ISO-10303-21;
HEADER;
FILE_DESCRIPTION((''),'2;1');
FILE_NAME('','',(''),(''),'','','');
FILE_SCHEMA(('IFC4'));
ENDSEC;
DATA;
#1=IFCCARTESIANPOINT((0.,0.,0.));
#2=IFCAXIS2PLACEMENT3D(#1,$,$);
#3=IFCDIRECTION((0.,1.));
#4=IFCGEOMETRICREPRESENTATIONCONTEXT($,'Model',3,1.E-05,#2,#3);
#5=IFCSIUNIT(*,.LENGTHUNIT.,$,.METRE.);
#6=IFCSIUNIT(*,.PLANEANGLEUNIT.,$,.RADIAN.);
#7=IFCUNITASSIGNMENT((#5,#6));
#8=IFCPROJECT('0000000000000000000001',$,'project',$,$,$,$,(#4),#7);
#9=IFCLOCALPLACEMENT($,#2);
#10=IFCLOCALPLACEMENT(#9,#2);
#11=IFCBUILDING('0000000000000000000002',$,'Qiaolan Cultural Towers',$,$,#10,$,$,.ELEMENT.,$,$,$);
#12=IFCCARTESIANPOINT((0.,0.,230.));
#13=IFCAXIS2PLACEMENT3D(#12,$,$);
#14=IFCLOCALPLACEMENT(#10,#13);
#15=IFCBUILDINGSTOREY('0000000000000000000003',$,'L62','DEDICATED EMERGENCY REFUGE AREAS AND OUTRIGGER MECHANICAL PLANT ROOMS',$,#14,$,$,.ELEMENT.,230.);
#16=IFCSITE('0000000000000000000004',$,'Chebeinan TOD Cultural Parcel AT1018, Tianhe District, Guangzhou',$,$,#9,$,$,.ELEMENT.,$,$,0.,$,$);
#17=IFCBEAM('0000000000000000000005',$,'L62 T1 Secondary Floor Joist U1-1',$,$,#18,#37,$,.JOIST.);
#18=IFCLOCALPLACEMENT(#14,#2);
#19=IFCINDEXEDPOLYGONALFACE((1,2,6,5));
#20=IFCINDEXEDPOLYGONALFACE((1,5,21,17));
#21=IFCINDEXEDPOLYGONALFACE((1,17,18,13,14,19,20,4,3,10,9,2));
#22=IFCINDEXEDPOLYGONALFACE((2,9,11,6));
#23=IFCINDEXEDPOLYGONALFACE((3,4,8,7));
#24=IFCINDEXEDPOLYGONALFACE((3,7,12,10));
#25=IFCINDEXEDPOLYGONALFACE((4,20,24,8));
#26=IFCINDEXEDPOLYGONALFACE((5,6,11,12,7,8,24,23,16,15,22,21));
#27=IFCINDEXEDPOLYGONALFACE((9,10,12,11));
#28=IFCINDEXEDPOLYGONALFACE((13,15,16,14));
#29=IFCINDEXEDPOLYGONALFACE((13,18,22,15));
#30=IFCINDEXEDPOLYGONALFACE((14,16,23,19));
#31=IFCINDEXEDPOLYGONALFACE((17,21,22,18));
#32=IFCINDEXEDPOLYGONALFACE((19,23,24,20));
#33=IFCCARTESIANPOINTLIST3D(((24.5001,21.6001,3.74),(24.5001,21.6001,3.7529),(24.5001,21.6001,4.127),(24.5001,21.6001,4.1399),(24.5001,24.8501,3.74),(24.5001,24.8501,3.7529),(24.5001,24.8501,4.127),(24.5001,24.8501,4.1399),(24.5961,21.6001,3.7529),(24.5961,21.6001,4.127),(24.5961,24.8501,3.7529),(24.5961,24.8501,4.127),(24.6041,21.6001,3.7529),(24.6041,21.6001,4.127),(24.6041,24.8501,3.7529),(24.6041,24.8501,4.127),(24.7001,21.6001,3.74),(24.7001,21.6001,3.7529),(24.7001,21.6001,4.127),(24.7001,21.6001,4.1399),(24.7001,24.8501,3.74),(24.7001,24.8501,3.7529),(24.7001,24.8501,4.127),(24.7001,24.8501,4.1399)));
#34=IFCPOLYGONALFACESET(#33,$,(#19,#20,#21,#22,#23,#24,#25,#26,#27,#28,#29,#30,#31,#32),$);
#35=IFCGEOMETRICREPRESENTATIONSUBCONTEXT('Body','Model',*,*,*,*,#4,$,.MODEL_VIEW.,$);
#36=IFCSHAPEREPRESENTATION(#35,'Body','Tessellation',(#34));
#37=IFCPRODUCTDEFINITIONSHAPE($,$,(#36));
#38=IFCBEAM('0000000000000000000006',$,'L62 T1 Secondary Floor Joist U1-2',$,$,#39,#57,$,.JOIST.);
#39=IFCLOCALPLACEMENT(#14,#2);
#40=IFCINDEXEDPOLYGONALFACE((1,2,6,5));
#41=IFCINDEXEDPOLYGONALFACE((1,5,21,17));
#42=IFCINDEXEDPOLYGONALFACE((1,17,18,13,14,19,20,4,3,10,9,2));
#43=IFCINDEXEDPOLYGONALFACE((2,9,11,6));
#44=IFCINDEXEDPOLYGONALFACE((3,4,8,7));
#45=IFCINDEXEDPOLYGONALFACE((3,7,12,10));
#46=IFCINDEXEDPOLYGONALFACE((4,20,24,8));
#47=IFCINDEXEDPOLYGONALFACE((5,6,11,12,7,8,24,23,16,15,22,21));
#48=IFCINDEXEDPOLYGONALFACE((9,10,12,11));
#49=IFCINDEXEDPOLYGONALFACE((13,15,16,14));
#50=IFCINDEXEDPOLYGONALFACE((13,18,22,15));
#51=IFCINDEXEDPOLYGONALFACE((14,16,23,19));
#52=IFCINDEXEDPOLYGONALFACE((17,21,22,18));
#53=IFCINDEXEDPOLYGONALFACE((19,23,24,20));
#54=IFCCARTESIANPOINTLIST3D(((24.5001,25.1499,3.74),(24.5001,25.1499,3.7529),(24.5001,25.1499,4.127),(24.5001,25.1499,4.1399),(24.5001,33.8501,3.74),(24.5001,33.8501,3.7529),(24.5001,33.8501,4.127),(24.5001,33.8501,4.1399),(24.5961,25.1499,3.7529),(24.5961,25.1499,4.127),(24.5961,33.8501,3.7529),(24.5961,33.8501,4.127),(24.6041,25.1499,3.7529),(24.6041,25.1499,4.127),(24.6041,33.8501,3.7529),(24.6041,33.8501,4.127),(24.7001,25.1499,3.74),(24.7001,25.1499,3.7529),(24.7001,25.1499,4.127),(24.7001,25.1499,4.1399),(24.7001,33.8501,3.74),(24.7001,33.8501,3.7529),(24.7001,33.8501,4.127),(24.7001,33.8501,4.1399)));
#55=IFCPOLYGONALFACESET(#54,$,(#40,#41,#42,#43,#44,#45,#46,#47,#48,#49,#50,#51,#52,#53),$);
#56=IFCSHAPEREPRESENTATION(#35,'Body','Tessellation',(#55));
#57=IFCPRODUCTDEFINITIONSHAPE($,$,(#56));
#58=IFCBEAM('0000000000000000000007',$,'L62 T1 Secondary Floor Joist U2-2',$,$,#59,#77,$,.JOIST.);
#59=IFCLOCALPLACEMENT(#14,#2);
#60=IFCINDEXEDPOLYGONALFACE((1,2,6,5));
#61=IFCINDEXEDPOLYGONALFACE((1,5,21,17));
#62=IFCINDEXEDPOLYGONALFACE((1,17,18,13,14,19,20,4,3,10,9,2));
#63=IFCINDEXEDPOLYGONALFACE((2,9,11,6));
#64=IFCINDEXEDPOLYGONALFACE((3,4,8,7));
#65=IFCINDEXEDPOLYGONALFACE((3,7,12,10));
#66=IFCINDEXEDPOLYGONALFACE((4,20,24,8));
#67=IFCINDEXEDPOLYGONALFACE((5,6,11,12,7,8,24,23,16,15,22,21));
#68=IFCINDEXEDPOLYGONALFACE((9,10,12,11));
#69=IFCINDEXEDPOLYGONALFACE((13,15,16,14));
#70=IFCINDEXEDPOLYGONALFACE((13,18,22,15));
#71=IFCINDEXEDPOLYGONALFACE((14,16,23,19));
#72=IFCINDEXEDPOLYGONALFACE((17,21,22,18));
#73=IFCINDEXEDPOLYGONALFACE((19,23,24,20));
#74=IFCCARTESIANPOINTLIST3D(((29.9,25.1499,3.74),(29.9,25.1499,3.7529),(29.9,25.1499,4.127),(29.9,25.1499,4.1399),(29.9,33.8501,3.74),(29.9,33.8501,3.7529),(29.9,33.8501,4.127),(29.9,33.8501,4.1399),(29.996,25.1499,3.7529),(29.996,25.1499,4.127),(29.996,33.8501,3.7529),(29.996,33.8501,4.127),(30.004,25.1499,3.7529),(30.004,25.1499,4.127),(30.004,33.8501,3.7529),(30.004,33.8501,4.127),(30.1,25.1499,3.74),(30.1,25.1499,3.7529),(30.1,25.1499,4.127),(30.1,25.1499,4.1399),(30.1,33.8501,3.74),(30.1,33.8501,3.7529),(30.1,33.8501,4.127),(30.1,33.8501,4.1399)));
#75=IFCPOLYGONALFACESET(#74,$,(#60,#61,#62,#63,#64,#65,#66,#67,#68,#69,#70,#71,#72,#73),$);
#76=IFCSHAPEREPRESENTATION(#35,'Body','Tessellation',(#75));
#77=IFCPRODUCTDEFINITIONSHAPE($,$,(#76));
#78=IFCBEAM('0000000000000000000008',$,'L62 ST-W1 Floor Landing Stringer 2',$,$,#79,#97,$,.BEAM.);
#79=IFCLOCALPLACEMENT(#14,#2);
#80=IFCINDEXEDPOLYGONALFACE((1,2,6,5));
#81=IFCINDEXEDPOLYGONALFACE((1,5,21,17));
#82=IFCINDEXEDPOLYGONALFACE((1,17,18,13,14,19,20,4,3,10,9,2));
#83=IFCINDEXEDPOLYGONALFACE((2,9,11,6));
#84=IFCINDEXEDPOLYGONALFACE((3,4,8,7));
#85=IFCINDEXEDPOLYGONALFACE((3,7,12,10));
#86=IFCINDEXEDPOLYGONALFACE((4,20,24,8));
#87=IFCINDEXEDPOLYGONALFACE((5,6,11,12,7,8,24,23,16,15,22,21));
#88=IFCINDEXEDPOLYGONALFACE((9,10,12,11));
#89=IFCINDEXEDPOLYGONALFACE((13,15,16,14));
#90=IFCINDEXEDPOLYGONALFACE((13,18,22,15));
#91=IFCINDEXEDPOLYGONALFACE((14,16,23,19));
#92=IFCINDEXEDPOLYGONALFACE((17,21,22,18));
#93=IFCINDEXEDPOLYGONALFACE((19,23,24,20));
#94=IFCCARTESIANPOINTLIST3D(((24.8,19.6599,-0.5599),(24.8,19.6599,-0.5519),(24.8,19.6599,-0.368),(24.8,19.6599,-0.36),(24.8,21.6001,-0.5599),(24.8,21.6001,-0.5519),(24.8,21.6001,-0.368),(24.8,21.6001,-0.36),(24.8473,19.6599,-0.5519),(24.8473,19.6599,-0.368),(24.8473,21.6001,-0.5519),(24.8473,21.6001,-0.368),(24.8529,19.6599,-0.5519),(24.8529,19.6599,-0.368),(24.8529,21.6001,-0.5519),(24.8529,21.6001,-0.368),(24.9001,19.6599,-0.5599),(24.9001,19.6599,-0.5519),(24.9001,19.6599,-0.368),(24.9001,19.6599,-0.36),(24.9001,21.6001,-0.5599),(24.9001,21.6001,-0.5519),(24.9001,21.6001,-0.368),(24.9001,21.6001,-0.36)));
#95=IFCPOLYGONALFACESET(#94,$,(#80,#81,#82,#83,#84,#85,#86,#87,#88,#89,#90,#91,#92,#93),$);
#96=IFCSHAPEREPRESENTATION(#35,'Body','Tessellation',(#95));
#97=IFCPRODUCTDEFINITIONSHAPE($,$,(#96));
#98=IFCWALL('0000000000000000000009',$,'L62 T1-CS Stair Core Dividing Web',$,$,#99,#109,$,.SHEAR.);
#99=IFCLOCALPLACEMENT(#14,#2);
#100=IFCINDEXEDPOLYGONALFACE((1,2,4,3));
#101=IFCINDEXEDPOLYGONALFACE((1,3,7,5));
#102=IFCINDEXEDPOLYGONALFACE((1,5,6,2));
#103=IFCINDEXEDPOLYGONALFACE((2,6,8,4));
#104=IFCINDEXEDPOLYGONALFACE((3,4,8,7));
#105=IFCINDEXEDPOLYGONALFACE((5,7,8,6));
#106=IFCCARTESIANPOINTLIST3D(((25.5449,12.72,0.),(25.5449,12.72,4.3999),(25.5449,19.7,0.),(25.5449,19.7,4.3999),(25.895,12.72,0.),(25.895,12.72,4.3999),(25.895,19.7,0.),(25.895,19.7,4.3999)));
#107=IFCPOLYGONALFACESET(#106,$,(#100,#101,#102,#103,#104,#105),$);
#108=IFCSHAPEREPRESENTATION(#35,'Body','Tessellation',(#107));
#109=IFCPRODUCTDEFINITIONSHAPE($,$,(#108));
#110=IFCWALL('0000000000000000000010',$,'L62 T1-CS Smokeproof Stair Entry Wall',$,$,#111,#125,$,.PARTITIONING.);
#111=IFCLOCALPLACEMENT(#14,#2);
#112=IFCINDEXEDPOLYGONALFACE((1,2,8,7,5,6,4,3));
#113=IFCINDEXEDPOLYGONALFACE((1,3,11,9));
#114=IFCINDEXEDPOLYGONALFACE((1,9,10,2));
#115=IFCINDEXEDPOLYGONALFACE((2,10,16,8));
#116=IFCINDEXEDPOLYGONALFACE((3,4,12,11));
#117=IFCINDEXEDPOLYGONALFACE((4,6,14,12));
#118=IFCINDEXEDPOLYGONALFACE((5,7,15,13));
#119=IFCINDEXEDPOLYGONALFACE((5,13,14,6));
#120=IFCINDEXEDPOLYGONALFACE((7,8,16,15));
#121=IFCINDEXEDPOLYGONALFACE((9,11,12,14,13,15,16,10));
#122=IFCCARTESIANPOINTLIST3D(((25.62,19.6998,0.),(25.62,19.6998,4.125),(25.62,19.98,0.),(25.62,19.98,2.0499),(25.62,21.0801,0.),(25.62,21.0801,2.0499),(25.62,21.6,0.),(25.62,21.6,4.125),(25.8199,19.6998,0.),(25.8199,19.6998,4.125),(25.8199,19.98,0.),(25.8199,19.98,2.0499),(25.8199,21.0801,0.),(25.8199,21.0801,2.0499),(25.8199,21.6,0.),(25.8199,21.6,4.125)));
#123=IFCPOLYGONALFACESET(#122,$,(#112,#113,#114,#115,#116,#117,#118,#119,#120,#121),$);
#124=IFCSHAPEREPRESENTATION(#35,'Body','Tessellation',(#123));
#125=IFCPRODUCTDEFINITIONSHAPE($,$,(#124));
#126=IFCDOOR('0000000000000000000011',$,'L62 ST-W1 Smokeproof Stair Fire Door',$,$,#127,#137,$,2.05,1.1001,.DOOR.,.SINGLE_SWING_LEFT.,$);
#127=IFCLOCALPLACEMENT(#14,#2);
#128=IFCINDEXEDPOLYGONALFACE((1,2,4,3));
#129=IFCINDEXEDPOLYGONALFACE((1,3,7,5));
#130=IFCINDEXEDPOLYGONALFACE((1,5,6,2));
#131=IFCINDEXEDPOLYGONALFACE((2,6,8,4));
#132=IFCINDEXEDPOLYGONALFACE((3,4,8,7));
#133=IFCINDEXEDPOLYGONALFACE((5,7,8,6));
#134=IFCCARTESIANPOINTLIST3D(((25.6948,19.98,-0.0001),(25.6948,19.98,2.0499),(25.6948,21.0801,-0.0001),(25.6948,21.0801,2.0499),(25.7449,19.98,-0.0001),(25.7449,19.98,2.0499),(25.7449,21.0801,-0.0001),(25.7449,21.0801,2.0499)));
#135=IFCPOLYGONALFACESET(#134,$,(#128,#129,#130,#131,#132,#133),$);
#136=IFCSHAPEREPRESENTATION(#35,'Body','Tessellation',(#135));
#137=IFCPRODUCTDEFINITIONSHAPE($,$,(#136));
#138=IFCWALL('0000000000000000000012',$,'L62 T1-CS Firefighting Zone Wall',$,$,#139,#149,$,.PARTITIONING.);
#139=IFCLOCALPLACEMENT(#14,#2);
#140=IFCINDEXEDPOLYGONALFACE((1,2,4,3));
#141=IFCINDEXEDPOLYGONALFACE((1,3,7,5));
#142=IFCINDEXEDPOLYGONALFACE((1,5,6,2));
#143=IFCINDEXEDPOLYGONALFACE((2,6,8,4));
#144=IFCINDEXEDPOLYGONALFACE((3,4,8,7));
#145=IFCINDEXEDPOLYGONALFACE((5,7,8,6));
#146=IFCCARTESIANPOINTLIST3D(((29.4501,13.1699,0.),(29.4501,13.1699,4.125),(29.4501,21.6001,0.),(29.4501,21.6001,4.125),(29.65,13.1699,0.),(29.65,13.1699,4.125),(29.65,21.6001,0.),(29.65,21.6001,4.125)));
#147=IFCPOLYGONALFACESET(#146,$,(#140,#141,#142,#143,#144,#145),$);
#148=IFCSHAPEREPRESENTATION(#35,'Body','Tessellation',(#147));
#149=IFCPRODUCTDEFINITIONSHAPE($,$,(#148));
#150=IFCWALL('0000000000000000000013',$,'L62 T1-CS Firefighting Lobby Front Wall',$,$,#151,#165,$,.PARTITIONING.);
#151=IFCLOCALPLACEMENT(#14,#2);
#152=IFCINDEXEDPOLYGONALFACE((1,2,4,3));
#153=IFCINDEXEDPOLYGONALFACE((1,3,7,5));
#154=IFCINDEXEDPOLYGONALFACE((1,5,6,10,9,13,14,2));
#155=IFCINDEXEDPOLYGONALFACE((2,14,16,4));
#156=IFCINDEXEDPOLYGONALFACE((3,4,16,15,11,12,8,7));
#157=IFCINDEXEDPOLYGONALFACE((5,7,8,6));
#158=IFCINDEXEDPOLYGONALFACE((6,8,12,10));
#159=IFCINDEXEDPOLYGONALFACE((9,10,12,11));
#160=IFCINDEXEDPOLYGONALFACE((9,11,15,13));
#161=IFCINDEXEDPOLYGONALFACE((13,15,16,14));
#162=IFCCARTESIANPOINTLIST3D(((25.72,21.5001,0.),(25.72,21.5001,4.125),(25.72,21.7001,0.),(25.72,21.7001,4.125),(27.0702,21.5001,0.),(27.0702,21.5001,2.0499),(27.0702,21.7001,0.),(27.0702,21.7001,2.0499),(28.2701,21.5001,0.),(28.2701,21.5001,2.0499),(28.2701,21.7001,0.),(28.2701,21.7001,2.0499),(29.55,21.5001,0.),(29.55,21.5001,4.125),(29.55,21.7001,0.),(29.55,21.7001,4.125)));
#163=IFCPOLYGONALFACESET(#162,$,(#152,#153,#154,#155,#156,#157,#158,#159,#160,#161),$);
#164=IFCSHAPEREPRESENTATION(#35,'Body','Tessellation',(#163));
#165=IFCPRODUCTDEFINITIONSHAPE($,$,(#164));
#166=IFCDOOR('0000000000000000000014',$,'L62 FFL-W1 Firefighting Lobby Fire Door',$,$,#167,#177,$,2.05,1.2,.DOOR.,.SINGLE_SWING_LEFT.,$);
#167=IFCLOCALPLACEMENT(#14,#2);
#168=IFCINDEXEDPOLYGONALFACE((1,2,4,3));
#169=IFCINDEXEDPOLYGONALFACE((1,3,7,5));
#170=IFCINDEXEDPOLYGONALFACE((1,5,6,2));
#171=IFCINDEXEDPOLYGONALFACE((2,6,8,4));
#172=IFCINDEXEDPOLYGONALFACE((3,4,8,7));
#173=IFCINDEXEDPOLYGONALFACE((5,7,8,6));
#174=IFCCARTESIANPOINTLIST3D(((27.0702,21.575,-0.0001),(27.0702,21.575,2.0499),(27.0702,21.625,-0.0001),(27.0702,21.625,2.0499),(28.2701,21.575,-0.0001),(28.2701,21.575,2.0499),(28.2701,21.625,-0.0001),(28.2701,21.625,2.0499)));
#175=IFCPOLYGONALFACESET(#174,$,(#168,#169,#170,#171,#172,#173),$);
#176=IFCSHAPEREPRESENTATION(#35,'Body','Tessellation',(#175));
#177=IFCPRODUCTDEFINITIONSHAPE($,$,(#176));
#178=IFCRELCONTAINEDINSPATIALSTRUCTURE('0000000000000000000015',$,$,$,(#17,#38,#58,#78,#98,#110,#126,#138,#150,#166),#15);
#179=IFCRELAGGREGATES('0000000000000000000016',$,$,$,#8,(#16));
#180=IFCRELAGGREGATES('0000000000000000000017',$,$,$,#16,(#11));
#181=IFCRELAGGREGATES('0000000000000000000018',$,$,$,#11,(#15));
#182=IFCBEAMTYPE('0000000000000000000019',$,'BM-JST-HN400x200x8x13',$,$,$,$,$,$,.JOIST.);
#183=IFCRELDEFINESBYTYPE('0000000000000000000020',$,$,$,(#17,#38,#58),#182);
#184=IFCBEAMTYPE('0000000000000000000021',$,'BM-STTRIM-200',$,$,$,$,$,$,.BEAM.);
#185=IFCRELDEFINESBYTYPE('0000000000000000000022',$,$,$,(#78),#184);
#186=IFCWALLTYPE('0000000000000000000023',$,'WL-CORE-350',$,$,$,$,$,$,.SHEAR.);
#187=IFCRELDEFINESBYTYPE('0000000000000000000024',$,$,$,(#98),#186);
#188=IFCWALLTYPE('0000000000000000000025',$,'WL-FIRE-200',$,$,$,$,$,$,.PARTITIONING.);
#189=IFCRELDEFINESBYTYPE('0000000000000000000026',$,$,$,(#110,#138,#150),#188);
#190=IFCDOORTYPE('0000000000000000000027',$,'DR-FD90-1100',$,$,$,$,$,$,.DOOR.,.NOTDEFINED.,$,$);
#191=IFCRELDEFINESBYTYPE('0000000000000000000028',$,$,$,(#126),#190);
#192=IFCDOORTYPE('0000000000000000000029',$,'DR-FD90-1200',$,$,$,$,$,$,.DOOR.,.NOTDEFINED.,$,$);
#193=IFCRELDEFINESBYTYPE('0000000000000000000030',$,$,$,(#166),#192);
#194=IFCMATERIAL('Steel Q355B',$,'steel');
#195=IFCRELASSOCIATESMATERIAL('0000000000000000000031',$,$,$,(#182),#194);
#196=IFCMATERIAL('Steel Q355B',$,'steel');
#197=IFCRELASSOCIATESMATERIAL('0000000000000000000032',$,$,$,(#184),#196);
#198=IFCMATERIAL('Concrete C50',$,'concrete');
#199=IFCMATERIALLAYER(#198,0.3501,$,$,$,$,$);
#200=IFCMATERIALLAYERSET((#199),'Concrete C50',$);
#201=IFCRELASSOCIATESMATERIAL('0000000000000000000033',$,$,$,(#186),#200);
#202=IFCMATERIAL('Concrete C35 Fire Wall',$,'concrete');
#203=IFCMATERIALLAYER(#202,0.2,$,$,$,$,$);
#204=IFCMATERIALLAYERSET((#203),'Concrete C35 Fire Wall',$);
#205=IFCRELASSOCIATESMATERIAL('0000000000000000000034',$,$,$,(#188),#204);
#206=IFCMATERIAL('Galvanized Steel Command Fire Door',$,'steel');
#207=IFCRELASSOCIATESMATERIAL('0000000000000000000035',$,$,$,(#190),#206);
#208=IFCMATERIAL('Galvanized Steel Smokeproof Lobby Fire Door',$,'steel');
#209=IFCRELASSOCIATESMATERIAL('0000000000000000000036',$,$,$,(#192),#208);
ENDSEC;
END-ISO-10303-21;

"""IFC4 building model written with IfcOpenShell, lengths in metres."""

from ifc_helpers import new_model, si_unit, direction, frame, frame_2d, origin, origin_2d, place, context, subcontext, project, spatial, rectangle, i_section, extrude, material, layer, layer_set, material_profile, profile_set, type_object, element, fill, save


model = new_model("IFC4")

# Units and contexts
model_context = context("Model", 3, precision=1e-05, world=origin(), true_north=direction((0.0, 1.0)))
body_context = subcontext(model_context, "Body", "Model", "MODEL_VIEW")
ifc_project = project(units=[si_unit("LENGTHUNIT", "METRE"), si_unit("PLANEANGLEUNIT", "RADIAN")], contexts=[model_context])

# Site, building, storey
site_placement = place(None, origin())
site = spatial("IfcSite", under=ifc_project, at=site_placement, Name="Chebeinan TOD Cultural Parcel AT1018, Tianhe District, Guangzhou", CompositionType="ELEMENT", RefElevation=0.0)
building_placement = place(site_placement, origin())
building = spatial("IfcBuilding", under=site, at=building_placement, Name="Qiaolan Cultural Towers", CompositionType="ELEMENT")
storey_placement = place(building_placement, frame((0.0, 0.0, 230.0)))
storey = spatial("IfcBuildingStorey", under=building, at=storey_placement, Name="L62", Description="DEDICATED EMERGENCY REFUGE AREAS AND OUTRIGGER MECHANICAL PLANT ROOMS", CompositionType="ELEMENT", Elevation=230.0)

# Beams
ifc_material_1 = material(Name="Steel Q355B", Category="steel")
ifc_material_profile_1 = material_profile(ifc_material_1, i_section(OverallWidth=0.2, OverallDepth=0.3999, WebThickness=0.0081, FlangeThickness=0.0129, at=origin_2d()), Name="HN400x200x8x13")
ifc_profile_set_1 = profile_set([ifc_material_profile_1], Name="Steel Q355B")
beam_type_1 = type_object("IfcBeamType", Name="BM-JST-HN400x200x8x13", PredefinedType="JOIST", material=ifc_profile_set_1)
beam_1_placement = place(storey_placement, frame((24.6001, 21.6001, 3.9399), z_axis=(0.0, 1.0, 0.0), x_axis=(-1.0, 0.0, 0.0)))
element("IfcBeam", 1, at=beam_1_placement, inside=storey, type_object=beam_type_1, Name="L62 T1 Secondary Floor Joist U1-1", PredefinedType="JOIST", context=body_context, shape_type="SweptSolid", body=[
    extrude(i_section(OverallWidth=0.2, OverallDepth=0.3999, WebThickness=0.0081, FlangeThickness=0.0129, at=origin_2d()), origin(), (0.0, 0.0, 1.0), 3.25),
])
for number, where, z_axis, x_axis, name in (
    (2, (24.6001, 25.1499, 3.9399), (0.0, 1.0, 0.0), (-1.0, 0.0, 0.0), "L62 T1 Secondary Floor Joist U1-2"),
    (3, (30.0, 25.1499, 3.9399), (0.0, 1.0, 0.0), (-1.0, 0.0, 0.0), "L62 T1 Secondary Floor Joist U2-2"),
):
    element("IfcBeam", number, at=place(storey_placement, frame(where, z_axis=z_axis, x_axis=x_axis)), inside=storey, type_object=beam_type_1, Name=name, PredefinedType="JOIST", context=body_context, shape_type="SweptSolid", body=[
        extrude(i_section(OverallWidth=0.2, OverallDepth=0.3999, WebThickness=0.0081, FlangeThickness=0.0129, at=origin_2d()), origin(), (0.0, 0.0, 1.0), 8.7002),
    ])
ifc_material_2 = material(Name="Steel Q355B", Category="steel")
ifc_material_profile_2 = material_profile(ifc_material_2, i_section(OverallWidth=0.1001, OverallDepth=0.2, WebThickness=0.0056, FlangeThickness=0.0081, at=origin_2d()), Name="HN200x100x5.5x8")
ifc_profile_set_2 = profile_set([ifc_material_profile_2], Name="Steel Q355B")
beam_type_2 = type_object("IfcBeamType", Name="BM-STTRIM-200", PredefinedType="BEAM", material=ifc_profile_set_2)
beam_2_placement = place(storey_placement, frame((24.8501, 21.6001, -0.46), z_axis=(0.0, -1.0, 0.0), x_axis=(1.0, 0.0, 0.0)))
element("IfcBeam", 4, at=beam_2_placement, inside=storey, type_object=beam_type_2, Name="L62 ST-W1 Floor Landing Stringer 2", PredefinedType="BEAM", context=body_context, shape_type="SweptSolid", body=[
    extrude(i_section(OverallWidth=0.1001, OverallDepth=0.2, WebThickness=0.0056, FlangeThickness=0.0081, at=origin_2d()), origin(), (0.0, 0.0, 1.0), 1.9402),
])

# Wall
ifc_material_3 = material(Name="Concrete C50", Category="concrete")
ifc_layer_1 = layer(ifc_material_3, 0.3501)
ifc_layer_set_1 = layer_set([ifc_layer_1], Name="Concrete C50")
wall_type_1 = type_object("IfcWallType", Name="WL-CORE-350", PredefinedType="SHEAR", material=ifc_layer_set_1)
wall_1_placement = place(storey_placement, frame((25.72, 19.7, 0.0), z_axis=(0.0, 0.0, 1.0), x_axis=(0.0, -1.0, 0.0)))
element("IfcWall", 5, at=wall_1_placement, inside=storey, type_object=wall_type_1, Name="L62 T1-CS Stair Core Dividing Web", PredefinedType="SHEAR", context=body_context, shape_type="SweptSolid", body=[
    extrude(rectangle(XDim=6.98, YDim=0.3501, at=frame_2d((3.49, 0.0))), origin(), (0.0, 0.0, 1.0), 4.3999),
])

# Wall, opening, door
ifc_material_4 = material(Name="Concrete C35 Fire Wall", Category="concrete")
ifc_layer_2 = layer(ifc_material_4, 0.2)
ifc_layer_set_2 = layer_set([ifc_layer_2], Name="Concrete C35 Fire Wall")
wall_type_2 = type_object("IfcWallType", Name="WL-FIRE-200", PredefinedType="PARTITIONING", material=ifc_layer_set_2)
wall_2_placement = place(storey_placement, frame((25.72, 21.6001, 0.0), z_axis=(0.0, 0.0, 1.0), x_axis=(0.0, -1.0, 0.0)))
wall_2 = element("IfcWall", 6, at=wall_2_placement, inside=storey, type_object=wall_type_2, Name="L62 T1-CS Smokeproof Stair Entry Wall", PredefinedType="PARTITIONING", context=body_context, shape_type="SweptSolid", body=[
    extrude(rectangle(XDim=1.9001, YDim=0.2, at=frame_2d((0.9502, 0.0))), origin(), (0.0, 0.0, 1.0), 4.125),
])
opening_1_placement = place(wall_2_placement, frame((0.52, 0.0, 0.0)))
opening_1 = element("IfcOpeningElement", 7, at=opening_1_placement, cuts=wall_2, PredefinedType="OPENING", context=body_context, shape_type="SweptSolid", body=[
    extrude(rectangle(XDim=1.1001, YDim=2.05, at=frame_2d((0.55, 1.0249))), frame((0.0, 0.1099, 0.0), z_axis=(0.0, -1.0, 0.0), x_axis=(1.0, 0.0, 0.0)), (0.0, 0.0, 1.0), 0.22),
])
ifc_material_5 = material(Name="Galvanized Steel Command Fire Door", Category="steel")
door_type_1 = type_object("IfcDoorType", Name="DR-FD90-1100", OperationType="NOTDEFINED", PredefinedType="DOOR", material=ifc_material_5)
door_1_placement = place(opening_1_placement, origin())
door_1 = element("IfcDoor", 8, at=door_1_placement, inside=storey, type_object=door_type_1, Name="L62 ST-W1 Smokeproof Stair Fire Door", OperationType="SINGLE_SWING_LEFT", OverallHeight=2.05, OverallWidth=1.1001, PredefinedType="DOOR", context=body_context, shape_type="SweptSolid", body=[
    extrude(rectangle(XDim=1.1001, YDim=2.05, at=frame_2d((0.55, 1.0249))), frame((0.0, 0.0249, 0.0), z_axis=(0.0, -1.0, 0.0), x_axis=(1.0, 0.0, 0.0)), (0.0, 0.0, 1.0), 0.05),
])
fill(opening_1, door_1)

# Wall
wall_3_placement = place(storey_placement, frame((29.55, 21.6001, 0.0), z_axis=(0.0, 0.0, 1.0), x_axis=(0.0, -1.0, 0.0)))
element("IfcWall", 9, at=wall_3_placement, inside=storey, type_object=wall_type_2, Name="L62 T1-CS Firefighting Zone Wall", PredefinedType="PARTITIONING", context=body_context, shape_type="SweptSolid", body=[
    extrude(rectangle(XDim=8.4302, YDim=0.2, at=frame_2d((4.2151, 0.0))), origin(), (0.0, 0.0, 1.0), 4.125),
])

# Wall, opening, door
wall_4_placement = place(storey_placement, frame((25.72, 21.6001, 0.0), z_axis=(0.0, 0.0, 1.0), x_axis=(1.0, 0.0, 0.0)))
wall_4 = element("IfcWall", 10, at=wall_4_placement, inside=storey, type_object=wall_type_2, Name="L62 T1-CS Firefighting Lobby Front Wall", PredefinedType="PARTITIONING", context=body_context, shape_type="SweptSolid", body=[
    extrude(rectangle(XDim=3.8301, YDim=0.2, at=frame_2d((1.915, 0.0))), origin(), (0.0, 0.0, 1.0), 4.125),
])
opening_2_placement = place(wall_4_placement, frame((1.3501, 0.0, 0.0)))
opening_2 = element("IfcOpeningElement", 11, at=opening_2_placement, cuts=wall_4, PredefinedType="OPENING", context=body_context, shape_type="SweptSolid", body=[
    extrude(rectangle(XDim=1.2, YDim=2.05, at=frame_2d((0.6001, 1.0249))), frame((0.0, 0.1099, 0.0), z_axis=(0.0, -1.0, 0.0), x_axis=(1.0, 0.0, 0.0)), (0.0, 0.0, 1.0), 0.22),
])
ifc_material_6 = material(Name="Galvanized Steel Smokeproof Lobby Fire Door", Category="steel")
door_type_2 = type_object("IfcDoorType", Name="DR-FD90-1200", OperationType="NOTDEFINED", PredefinedType="DOOR", material=ifc_material_6)
door_2_placement = place(opening_2_placement, origin())
door_2 = element("IfcDoor", 12, at=door_2_placement, inside=storey, type_object=door_type_2, Name="L62 FFL-W1 Firefighting Lobby Fire Door", OperationType="SINGLE_SWING_LEFT", OverallHeight=2.05, OverallWidth=1.2, PredefinedType="DOOR", context=body_context, shape_type="SweptSolid", body=[
    extrude(rectangle(XDim=1.2, YDim=2.05, at=frame_2d((0.6001, 1.0249))), frame((0.0, 0.0249, 0.0), z_axis=(0.0, -1.0, 0.0), x_axis=(1.0, 0.0, 0.0)), (0.0, 0.0, 1.0), 0.05),
])
fill(opening_2, door_2)

save(model, "model.ifc")
